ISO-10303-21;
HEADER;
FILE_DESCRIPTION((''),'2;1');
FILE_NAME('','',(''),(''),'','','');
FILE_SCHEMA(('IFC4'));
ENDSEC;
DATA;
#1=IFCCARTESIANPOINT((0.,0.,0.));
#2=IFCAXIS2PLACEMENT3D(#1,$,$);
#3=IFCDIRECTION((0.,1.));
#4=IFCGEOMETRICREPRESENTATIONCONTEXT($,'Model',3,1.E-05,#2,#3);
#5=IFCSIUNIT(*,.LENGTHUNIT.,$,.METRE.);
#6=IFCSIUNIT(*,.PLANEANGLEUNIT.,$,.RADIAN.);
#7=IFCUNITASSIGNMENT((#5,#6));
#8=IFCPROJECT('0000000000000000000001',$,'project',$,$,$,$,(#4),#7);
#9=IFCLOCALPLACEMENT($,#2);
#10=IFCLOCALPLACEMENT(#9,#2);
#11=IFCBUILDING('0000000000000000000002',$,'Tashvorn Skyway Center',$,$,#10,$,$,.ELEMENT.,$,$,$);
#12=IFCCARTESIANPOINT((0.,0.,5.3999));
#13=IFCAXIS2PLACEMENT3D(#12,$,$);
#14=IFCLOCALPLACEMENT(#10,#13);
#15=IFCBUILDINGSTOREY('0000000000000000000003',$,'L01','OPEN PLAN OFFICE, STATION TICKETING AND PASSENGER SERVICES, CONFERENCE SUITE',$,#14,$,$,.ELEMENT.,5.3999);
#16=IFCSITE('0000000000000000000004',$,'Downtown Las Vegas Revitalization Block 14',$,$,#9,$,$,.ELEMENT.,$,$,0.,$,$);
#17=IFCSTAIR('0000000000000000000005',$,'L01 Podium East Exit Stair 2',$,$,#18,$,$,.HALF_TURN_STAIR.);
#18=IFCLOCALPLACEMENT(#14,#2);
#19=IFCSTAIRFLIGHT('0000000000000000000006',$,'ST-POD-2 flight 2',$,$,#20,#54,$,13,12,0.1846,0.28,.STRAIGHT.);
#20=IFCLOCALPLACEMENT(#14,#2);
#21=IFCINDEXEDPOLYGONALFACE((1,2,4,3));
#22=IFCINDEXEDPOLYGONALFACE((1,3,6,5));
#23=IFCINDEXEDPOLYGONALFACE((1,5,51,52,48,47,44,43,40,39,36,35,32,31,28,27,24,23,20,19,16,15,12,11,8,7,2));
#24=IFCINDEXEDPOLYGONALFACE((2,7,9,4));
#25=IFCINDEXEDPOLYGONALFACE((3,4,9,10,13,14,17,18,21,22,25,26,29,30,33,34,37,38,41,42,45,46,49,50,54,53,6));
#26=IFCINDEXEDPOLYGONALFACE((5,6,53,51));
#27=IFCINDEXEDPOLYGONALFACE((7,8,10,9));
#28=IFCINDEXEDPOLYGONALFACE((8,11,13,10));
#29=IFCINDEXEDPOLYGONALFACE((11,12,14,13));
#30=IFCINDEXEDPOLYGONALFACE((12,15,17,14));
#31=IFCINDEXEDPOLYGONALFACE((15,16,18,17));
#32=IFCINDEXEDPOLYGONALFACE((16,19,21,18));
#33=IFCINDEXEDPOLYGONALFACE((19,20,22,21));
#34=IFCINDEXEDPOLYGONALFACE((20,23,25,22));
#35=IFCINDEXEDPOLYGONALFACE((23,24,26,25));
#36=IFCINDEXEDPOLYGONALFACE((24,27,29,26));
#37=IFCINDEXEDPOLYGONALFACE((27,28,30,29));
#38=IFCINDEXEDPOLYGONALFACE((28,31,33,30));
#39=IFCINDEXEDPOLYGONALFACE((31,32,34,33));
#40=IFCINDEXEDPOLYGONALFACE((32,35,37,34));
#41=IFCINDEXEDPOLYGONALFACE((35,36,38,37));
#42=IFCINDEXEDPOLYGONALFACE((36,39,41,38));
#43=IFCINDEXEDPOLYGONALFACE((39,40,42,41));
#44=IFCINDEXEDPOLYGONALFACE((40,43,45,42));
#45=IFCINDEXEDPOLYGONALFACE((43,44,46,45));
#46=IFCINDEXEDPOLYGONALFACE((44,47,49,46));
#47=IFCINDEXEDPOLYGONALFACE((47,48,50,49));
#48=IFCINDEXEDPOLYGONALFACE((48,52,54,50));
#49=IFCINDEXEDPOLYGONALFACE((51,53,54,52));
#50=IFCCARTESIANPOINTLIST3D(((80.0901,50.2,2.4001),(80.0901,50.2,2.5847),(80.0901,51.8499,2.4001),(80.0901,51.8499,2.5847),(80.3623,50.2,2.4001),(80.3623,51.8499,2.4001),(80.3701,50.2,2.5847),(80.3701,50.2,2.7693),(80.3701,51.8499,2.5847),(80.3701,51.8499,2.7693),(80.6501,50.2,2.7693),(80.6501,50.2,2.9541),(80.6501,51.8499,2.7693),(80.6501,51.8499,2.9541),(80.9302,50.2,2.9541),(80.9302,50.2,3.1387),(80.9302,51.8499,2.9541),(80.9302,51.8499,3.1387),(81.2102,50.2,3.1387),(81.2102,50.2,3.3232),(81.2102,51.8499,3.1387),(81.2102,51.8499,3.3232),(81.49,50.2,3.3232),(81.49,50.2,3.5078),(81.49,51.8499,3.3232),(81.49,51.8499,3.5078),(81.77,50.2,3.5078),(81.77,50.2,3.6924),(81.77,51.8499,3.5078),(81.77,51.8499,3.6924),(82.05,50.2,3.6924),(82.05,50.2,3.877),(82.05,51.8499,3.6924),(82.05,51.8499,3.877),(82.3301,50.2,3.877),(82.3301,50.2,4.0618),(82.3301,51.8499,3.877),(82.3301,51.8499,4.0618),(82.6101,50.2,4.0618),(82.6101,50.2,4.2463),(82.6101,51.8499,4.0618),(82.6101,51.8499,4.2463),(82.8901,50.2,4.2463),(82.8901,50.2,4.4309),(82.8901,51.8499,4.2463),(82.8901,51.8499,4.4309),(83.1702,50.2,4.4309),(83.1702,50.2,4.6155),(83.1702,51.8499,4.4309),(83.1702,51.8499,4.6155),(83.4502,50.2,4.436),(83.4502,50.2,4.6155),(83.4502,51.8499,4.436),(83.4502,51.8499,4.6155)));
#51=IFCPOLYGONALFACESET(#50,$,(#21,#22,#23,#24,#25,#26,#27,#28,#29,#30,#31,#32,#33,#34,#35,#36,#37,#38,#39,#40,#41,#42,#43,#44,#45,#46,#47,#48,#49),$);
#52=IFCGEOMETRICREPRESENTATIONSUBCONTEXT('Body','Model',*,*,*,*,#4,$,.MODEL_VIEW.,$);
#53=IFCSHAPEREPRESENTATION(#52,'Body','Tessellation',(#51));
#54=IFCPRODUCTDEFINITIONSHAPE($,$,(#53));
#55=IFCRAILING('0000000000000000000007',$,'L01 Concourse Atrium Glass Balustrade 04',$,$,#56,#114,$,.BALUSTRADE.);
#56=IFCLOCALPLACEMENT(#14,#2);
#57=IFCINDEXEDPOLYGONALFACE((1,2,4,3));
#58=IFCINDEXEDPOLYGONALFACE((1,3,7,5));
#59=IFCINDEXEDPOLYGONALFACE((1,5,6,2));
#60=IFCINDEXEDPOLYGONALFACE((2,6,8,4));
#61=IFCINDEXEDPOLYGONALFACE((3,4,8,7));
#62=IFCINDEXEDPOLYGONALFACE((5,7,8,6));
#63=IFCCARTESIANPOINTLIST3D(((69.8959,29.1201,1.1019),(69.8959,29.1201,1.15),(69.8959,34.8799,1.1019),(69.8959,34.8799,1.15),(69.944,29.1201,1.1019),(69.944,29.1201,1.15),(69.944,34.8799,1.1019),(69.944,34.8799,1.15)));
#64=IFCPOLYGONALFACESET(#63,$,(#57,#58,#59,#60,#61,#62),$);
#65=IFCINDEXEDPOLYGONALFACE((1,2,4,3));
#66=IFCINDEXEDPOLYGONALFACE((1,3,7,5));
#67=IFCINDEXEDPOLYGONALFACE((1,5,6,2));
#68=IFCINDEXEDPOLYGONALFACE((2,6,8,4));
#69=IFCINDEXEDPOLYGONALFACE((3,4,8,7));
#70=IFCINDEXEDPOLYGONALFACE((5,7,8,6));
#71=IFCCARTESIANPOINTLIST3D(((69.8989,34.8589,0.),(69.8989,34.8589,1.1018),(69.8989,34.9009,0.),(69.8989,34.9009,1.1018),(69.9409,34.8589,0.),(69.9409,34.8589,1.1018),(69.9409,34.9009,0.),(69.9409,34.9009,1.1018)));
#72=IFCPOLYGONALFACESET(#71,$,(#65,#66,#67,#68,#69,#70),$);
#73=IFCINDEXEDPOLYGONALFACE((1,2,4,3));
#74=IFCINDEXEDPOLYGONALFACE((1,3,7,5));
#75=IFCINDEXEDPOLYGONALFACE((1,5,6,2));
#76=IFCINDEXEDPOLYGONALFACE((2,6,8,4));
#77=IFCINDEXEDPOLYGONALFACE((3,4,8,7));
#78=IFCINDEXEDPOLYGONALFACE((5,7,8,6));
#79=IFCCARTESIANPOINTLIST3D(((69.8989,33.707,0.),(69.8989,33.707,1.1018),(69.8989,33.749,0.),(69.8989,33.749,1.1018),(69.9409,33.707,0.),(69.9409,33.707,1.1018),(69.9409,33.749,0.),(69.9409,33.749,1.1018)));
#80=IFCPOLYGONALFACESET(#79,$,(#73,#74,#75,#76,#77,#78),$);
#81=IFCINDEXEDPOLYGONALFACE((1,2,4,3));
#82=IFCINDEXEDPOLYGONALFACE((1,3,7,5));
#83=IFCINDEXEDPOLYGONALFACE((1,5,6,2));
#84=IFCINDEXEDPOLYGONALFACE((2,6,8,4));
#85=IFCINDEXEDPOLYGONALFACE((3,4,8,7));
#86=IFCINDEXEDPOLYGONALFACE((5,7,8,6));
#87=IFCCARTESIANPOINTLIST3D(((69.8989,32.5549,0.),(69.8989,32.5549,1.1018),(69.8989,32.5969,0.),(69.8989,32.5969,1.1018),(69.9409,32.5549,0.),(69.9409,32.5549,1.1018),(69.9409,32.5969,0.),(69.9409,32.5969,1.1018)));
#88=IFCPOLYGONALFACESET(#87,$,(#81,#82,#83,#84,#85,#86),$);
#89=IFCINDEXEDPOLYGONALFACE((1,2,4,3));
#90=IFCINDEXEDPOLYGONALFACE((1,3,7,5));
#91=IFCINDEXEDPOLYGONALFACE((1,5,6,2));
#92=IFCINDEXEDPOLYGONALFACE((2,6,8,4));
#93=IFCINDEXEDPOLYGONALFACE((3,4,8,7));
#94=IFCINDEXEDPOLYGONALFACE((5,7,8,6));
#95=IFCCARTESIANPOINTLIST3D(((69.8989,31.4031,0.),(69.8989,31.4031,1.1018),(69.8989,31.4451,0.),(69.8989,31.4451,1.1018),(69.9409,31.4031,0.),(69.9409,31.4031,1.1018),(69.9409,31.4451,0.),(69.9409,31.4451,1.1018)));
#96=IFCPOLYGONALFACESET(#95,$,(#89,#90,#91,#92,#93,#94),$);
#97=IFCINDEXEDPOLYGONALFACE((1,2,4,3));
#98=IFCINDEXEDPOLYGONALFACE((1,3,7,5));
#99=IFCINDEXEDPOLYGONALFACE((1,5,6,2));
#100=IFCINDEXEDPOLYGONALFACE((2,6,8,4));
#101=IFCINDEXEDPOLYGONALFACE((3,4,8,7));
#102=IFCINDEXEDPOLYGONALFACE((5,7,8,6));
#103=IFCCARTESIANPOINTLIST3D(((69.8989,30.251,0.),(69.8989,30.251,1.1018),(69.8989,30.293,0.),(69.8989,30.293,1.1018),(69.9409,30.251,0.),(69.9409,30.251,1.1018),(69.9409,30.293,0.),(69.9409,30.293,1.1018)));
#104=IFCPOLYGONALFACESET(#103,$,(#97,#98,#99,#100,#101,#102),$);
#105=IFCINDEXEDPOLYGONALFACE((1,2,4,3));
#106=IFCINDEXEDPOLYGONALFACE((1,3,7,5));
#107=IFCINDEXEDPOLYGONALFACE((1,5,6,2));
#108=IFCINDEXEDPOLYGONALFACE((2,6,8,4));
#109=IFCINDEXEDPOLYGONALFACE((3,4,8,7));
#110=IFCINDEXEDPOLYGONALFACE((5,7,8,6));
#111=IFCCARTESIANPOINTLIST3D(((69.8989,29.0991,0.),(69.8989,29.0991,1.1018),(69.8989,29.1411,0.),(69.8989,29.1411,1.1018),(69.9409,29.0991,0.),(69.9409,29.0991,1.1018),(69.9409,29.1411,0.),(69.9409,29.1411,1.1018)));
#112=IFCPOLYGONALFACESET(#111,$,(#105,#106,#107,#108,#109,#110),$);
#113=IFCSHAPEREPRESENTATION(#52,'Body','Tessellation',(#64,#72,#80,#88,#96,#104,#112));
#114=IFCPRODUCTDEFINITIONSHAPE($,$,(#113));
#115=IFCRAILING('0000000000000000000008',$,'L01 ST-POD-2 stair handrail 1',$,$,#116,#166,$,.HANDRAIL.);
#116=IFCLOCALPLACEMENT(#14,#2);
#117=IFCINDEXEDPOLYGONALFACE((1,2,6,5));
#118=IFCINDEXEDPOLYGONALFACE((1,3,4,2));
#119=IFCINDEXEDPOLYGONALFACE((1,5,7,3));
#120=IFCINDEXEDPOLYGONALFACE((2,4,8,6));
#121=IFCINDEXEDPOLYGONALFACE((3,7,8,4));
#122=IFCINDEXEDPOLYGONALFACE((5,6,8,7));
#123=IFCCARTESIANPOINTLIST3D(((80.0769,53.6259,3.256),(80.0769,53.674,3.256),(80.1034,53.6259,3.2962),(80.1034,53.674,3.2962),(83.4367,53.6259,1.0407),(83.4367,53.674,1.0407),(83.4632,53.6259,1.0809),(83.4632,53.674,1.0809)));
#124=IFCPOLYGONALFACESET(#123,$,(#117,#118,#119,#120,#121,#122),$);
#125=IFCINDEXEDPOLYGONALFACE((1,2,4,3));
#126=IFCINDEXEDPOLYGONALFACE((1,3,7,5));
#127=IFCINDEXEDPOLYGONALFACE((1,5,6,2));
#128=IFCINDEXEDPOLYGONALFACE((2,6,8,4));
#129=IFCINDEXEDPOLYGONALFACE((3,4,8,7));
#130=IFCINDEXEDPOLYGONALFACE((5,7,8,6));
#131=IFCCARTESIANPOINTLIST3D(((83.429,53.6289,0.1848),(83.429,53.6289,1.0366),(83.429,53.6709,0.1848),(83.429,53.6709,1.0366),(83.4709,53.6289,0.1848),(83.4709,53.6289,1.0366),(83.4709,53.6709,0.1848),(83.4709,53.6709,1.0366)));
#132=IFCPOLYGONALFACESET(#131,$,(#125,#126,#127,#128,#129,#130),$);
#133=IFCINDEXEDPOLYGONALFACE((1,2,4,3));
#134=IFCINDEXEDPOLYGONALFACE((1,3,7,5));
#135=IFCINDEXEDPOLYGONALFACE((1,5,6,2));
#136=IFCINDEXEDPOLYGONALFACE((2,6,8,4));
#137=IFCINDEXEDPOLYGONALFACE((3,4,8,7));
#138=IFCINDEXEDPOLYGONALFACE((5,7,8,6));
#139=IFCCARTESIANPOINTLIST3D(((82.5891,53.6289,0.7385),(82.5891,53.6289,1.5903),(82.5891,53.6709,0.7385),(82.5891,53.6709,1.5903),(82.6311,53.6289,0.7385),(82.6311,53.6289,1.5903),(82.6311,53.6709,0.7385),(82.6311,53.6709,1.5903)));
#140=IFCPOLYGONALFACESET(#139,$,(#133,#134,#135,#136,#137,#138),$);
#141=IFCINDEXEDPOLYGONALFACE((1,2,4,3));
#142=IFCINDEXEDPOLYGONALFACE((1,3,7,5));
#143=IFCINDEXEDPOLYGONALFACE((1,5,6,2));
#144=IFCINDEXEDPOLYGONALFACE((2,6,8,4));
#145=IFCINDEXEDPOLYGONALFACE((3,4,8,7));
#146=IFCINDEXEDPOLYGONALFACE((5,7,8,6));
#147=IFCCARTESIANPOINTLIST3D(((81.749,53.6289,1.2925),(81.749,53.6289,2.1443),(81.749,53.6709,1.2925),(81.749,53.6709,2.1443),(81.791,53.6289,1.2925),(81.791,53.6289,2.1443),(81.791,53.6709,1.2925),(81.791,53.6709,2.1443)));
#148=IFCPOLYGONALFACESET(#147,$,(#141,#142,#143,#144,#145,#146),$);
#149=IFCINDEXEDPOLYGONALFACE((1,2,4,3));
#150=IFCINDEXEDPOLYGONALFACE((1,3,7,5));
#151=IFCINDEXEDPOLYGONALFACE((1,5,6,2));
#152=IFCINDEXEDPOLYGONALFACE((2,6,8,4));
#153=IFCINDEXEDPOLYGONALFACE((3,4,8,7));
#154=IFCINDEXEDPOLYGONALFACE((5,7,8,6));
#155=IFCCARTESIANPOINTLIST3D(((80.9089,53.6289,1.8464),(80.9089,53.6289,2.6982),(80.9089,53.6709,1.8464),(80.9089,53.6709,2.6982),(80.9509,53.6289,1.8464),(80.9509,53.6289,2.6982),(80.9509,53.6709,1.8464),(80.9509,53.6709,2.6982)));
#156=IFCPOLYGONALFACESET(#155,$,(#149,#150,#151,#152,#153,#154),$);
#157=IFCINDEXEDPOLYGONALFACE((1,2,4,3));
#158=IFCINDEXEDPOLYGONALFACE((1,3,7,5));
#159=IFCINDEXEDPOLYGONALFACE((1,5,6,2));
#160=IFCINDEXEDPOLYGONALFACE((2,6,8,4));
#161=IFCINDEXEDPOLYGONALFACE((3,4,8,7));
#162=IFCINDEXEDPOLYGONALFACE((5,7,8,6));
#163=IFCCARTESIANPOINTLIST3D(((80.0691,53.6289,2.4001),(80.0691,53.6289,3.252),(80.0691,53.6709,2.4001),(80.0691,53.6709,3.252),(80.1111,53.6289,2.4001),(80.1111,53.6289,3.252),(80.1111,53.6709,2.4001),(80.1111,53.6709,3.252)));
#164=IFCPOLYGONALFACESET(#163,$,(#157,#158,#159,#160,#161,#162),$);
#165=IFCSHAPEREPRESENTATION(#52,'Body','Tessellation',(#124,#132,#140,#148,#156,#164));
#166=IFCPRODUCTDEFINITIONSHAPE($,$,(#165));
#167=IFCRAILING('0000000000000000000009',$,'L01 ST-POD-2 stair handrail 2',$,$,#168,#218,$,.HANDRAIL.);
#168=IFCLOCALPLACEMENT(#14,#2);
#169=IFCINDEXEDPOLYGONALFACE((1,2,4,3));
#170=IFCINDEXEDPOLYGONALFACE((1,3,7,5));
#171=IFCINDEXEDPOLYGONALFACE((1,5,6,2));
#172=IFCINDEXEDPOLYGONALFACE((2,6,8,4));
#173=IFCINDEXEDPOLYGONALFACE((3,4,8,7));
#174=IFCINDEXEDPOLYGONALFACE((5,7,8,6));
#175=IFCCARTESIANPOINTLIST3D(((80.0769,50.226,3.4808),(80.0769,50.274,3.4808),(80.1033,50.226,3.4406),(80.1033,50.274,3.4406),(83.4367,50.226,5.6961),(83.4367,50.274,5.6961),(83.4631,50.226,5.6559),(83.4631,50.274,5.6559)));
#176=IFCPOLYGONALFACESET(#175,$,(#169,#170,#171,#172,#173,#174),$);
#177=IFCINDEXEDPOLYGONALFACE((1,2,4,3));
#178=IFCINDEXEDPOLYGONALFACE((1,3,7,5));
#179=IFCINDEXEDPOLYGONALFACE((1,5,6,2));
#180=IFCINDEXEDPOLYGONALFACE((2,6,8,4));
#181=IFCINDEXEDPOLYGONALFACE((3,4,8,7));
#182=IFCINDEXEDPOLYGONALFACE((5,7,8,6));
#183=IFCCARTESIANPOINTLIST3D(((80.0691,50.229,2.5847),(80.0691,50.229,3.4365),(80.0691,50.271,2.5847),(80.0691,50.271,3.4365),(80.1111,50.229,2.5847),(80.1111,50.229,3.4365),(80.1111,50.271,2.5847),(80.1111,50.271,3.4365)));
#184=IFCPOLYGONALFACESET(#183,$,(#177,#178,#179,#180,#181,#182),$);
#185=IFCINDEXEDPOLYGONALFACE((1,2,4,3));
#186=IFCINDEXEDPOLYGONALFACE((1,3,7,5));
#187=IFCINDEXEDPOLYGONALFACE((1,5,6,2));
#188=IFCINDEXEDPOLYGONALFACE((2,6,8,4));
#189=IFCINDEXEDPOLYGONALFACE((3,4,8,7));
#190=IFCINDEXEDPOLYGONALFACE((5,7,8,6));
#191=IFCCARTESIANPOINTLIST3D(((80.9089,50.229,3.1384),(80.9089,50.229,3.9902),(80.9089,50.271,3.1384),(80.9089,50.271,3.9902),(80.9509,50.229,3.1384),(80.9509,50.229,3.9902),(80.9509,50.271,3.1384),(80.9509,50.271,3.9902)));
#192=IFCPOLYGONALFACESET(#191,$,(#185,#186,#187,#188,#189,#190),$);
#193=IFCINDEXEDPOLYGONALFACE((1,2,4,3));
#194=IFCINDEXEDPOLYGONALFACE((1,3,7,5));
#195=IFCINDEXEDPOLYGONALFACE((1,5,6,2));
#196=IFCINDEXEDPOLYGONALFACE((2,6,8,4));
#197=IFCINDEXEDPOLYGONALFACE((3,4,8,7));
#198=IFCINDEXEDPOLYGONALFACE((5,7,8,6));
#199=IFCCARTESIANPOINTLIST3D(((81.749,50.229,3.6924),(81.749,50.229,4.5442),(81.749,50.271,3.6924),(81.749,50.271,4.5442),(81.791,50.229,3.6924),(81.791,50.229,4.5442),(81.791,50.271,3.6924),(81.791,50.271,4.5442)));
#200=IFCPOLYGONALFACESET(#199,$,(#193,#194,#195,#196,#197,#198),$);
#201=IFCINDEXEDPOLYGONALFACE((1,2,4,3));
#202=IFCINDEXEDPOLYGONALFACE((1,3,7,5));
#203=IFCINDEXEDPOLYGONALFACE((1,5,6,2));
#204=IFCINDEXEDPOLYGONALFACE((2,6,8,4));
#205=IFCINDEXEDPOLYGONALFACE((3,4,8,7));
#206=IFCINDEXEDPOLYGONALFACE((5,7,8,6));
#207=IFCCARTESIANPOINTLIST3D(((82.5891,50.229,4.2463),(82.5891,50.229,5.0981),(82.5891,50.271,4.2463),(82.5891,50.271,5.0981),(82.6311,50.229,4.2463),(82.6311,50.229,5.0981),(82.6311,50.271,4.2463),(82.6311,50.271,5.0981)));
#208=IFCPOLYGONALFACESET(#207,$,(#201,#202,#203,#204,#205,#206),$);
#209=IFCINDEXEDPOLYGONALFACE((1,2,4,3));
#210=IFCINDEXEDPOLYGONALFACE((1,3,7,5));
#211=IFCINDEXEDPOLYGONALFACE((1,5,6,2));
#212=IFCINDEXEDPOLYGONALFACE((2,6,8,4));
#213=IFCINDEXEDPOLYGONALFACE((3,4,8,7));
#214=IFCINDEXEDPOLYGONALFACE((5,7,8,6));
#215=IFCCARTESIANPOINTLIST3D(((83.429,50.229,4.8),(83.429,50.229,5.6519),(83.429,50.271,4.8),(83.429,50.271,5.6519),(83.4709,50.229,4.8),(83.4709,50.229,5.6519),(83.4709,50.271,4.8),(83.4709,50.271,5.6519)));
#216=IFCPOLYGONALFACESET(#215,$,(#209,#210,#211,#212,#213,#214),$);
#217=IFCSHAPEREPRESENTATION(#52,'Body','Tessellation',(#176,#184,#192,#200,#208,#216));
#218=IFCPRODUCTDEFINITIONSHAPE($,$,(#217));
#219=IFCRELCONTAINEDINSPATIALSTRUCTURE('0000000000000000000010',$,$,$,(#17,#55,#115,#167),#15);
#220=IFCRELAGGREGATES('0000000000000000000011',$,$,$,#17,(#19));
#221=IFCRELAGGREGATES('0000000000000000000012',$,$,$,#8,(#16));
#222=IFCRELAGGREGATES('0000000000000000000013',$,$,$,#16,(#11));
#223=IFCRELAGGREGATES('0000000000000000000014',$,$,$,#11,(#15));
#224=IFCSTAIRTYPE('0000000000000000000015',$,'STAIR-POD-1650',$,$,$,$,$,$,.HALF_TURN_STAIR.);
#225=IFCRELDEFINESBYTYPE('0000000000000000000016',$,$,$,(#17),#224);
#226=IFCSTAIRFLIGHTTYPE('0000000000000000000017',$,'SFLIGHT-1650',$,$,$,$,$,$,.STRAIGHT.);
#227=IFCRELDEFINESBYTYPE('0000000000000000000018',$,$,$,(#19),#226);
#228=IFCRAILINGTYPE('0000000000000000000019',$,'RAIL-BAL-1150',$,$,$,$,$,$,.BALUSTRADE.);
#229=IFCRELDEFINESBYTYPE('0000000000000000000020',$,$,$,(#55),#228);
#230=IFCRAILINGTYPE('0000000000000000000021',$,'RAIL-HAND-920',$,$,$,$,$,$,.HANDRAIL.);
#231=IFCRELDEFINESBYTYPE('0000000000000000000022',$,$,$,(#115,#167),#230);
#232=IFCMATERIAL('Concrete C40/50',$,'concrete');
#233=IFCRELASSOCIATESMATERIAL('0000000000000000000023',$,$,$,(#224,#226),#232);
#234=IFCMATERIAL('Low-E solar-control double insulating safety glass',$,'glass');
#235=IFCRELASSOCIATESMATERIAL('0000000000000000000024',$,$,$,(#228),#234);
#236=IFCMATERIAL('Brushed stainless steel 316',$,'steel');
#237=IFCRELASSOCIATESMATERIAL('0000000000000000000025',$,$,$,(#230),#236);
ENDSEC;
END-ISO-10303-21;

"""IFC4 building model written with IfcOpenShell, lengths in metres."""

from ifc_helpers import new_model, si_unit, direction, frame, origin, origin_2d, place, context, subcontext, project, spatial, polyline, rectangle, outline, extrude, material, type_object, element, aggregate, save


model = new_model("IFC4")

# Units and contexts
model_context = context("Model", 3, precision=1e-05, world=origin(), true_north=direction((0.0, 1.0)))
body_context = subcontext(model_context, "Body", "Model", "MODEL_VIEW")
ifc_project = project(units=[si_unit("LENGTHUNIT", "METRE"), si_unit("PLANEANGLEUNIT", "RADIAN")], contexts=[model_context])

# Site, building, storey
site_placement = place(None, origin())
site = spatial("IfcSite", under=ifc_project, at=site_placement, Name="Downtown Las Vegas Revitalization Block 14", CompositionType="ELEMENT", RefElevation=0.0)
building_placement = place(site_placement, origin())
building = spatial("IfcBuilding", under=site, at=building_placement, Name="Tashvorn Skyway Center", CompositionType="ELEMENT")
storey_placement = place(building_placement, frame((0.0, 0.0, 5.3999)))
storey = spatial("IfcBuildingStorey", under=building, at=storey_placement, Name="L01", Description="OPEN PLAN OFFICE, STATION TICKETING AND PASSENGER SERVICES, CONFERENCE SUITE", CompositionType="ELEMENT", Elevation=5.3999)

# Shared definitions
ifc_material_1 = material(Name="Low-E solar-control double insulating safety glass", Category="glass")

# Shared definitions
ifc_material_2 = material(Name="Concrete C40/50", Category="concrete")

# Stair, stair flight
stair_type = type_object("IfcStairType", Name="STAIR-POD-1650", PredefinedType="HALF_TURN_STAIR", material=ifc_material_2)
stair_placement = place(storey_placement, origin())
stair = element("IfcStair", 1, at=stair_placement, inside=storey, type_object=stair_type, Name="L01 Podium East Exit Stair 2", PredefinedType="HALF_TURN_STAIR")
stair_flight_type = type_object("IfcStairFlightType", Name="SFLIGHT-1650", PredefinedType="STRAIGHT", material=ifc_material_2)
stair_flight_1_placement = place(storey_placement, frame((80.0901, 51.0249, 2.4001), z_axis=(0.0, 0.0, 1.0), x_axis=(1.0, 0.0, 0.0)))
stair_flight_1 = element("IfcStairFlight", 2, at=stair_flight_1_placement, type_object=stair_flight_type, Name="ST-POD-2 flight 2", NumberOfRisers=13, NumberOfTreads=12, PredefinedType="STRAIGHT", RiserHeight=0.1846, TreadLength=0.28, context=body_context, shape_type="SweptSolid", body=[
    extrude(outline(polyline([(0.0, 0.0), (0.0, 0.1846), (0.28, 0.1846), (0.28, 0.3691), (0.5601, 0.3691), (0.5601, 0.554), (0.8401, 0.554), (0.8401, 0.7385), (1.1201, 0.7385), (1.1201, 0.9231), (1.3999, 0.9231), (1.3999, 1.1077), (1.6799, 1.1077), (1.6799, 1.2922), (1.96, 1.2922), (1.96, 1.4768), (2.24, 1.4768), (2.24, 1.6616), (2.52, 1.6616), (2.52, 1.8462), (2.8, 1.8462), (2.8, 2.0308), (3.0801, 2.0308), (3.0801, 2.2153), (3.3601, 2.2153), (3.3601, 2.3999), (3.3601, 2.0359), (0.2722, 0.0), (0.0, 0.0)])), frame((0.0, 0.825, 0.0), z_axis=(0.0, -1.0, 0.0), x_axis=(1.0, 0.0, 0.0)), (0.0, 0.0, 1.0), 1.6499),
])
aggregate(stair, [stair_flight_1])

# Railings
railing_type_1 = type_object("IfcRailingType", Name="RAIL-BAL-1150", PredefinedType="BALUSTRADE", material=ifc_material_1)
railing_1_placement = place(storey_placement, frame((69.9199, 34.8799, 0.0)))
element("IfcRailing", 3, at=railing_1_placement, inside=storey, type_object=railing_type_1, Name="L01 Concourse Atrium Glass Balustrade 04", PredefinedType="BALUSTRADE", context=body_context, shape_type="SweptSolid", body=[
    extrude(rectangle(XDim=0.0481, YDim=0.0481, at=origin_2d()), frame((0.0, 0.0, 1.126), z_axis=(0.0, -1.0, 0.0), x_axis=(1.0, 0.0, 0.0)), (0.0, 0.0, 1.0), 5.7598),
    extrude(rectangle(XDim=0.042, YDim=0.042, at=origin_2d()), origin(), (0.0, 0.0, 1.0), 1.1018),
    extrude(rectangle(XDim=0.042, YDim=0.042, at=origin_2d()), frame((0.0, -1.1519, 0.0)), (0.0, 0.0, 1.0), 1.1018),
    extrude(rectangle(XDim=0.042, YDim=0.042, at=origin_2d()), frame((0.0, -2.304, 0.0)), (0.0, 0.0, 1.0), 1.1018),
    extrude(rectangle(XDim=0.042, YDim=0.042, at=origin_2d()), frame((0.0, -3.4558, 0.0)), (0.0, 0.0, 1.0), 1.1018),
    extrude(rectangle(XDim=0.042, YDim=0.042, at=origin_2d()), frame((0.0, -4.6079, 0.0)), (0.0, 0.0, 1.0), 1.1018),
    extrude(rectangle(XDim=0.042, YDim=0.042, at=origin_2d()), frame((0.0, -5.7598, 0.0)), (0.0, 0.0, 1.0), 1.1018),
])
ifc_material_3 = material(Name="Brushed stainless steel 316", Category="steel")
railing_type_2 = type_object("IfcRailingType", Name="RAIL-HAND-920", PredefinedType="HANDRAIL", material=ifc_material_3)
railing_2_placement = place(storey_placement, frame((83.45, 53.6499, 0.1848)))
element("IfcRailing", 4, at=railing_2_placement, inside=storey, type_object=railing_type_2, Name="L01 ST-POD-2 stair handrail 1", PredefinedType="HANDRAIL", context=body_context, shape_type="SweptSolid", body=[
    extrude(rectangle(XDim=0.0481, YDim=0.0481, at=origin_2d()), frame((0.0, 0.0, 0.876), z_axis=(-0.834858, 0.0, 0.550465), x_axis=(0.0, -1.0, 0.0)), (0.0, 0.0, 1.0), 4.0244),
    extrude(rectangle(XDim=0.042, YDim=0.042, at=origin_2d()), origin(), (0.0, 0.0, 1.0), 0.8518),
    extrude(rectangle(XDim=0.042, YDim=0.042, at=origin_2d()), frame((-0.8398, 0.0, 0.5537)), (0.0, 0.0, 1.0), 0.8518),
    extrude(rectangle(XDim=0.042, YDim=0.042, at=origin_2d()), frame((-1.6799, 0.0, 1.1077)), (0.0, 0.0, 1.0), 0.8518),
    extrude(rectangle(XDim=0.042, YDim=0.042, at=origin_2d()), frame((-2.52, 0.0, 1.6616)), (0.0, 0.0, 1.0), 0.8518),
    extrude(rectangle(XDim=0.042, YDim=0.042, at=origin_2d()), frame((-3.3599, 0.0, 2.2153)), (0.0, 0.0, 1.0), 0.8518),
])
railing_3_placement = place(storey_placement, frame((80.0901, 50.25, 2.5847)))
element("IfcRailing", 5, at=railing_3_placement, inside=storey, type_object=railing_type_2, Name="L01 ST-POD-2 stair handrail 2", PredefinedType="HANDRAIL", context=body_context, shape_type="SweptSolid", body=[
    extrude(rectangle(XDim=0.0481, YDim=0.0481, at=origin_2d()), frame((0.0, 0.0, 0.876), z_axis=(0.834858, 0.0, 0.550465), x_axis=(0.0, 1.0, 0.0)), (0.0, 0.0, 1.0), 4.0244),
    extrude(rectangle(XDim=0.042, YDim=0.042, at=origin_2d()), origin(), (0.0, 0.0, 1.0), 0.8518),
    extrude(rectangle(XDim=0.042, YDim=0.042, at=origin_2d()), frame((0.8398, 0.0, 0.5537)), (0.0, 0.0, 1.0), 0.8518),
    extrude(rectangle(XDim=0.042, YDim=0.042, at=origin_2d()), frame((1.6799, 0.0, 1.1077)), (0.0, 0.0, 1.0), 0.8518),
    extrude(rectangle(XDim=0.042, YDim=0.042, at=origin_2d()), frame((2.52, 0.0, 1.6616)), (0.0, 0.0, 1.0), 0.8518),
    extrude(rectangle(XDim=0.042, YDim=0.042, at=origin_2d()), frame((3.3599, 0.0, 2.2153)), (0.0, 0.0, 1.0), 0.8518),
])

save(model, "model.ifc")
